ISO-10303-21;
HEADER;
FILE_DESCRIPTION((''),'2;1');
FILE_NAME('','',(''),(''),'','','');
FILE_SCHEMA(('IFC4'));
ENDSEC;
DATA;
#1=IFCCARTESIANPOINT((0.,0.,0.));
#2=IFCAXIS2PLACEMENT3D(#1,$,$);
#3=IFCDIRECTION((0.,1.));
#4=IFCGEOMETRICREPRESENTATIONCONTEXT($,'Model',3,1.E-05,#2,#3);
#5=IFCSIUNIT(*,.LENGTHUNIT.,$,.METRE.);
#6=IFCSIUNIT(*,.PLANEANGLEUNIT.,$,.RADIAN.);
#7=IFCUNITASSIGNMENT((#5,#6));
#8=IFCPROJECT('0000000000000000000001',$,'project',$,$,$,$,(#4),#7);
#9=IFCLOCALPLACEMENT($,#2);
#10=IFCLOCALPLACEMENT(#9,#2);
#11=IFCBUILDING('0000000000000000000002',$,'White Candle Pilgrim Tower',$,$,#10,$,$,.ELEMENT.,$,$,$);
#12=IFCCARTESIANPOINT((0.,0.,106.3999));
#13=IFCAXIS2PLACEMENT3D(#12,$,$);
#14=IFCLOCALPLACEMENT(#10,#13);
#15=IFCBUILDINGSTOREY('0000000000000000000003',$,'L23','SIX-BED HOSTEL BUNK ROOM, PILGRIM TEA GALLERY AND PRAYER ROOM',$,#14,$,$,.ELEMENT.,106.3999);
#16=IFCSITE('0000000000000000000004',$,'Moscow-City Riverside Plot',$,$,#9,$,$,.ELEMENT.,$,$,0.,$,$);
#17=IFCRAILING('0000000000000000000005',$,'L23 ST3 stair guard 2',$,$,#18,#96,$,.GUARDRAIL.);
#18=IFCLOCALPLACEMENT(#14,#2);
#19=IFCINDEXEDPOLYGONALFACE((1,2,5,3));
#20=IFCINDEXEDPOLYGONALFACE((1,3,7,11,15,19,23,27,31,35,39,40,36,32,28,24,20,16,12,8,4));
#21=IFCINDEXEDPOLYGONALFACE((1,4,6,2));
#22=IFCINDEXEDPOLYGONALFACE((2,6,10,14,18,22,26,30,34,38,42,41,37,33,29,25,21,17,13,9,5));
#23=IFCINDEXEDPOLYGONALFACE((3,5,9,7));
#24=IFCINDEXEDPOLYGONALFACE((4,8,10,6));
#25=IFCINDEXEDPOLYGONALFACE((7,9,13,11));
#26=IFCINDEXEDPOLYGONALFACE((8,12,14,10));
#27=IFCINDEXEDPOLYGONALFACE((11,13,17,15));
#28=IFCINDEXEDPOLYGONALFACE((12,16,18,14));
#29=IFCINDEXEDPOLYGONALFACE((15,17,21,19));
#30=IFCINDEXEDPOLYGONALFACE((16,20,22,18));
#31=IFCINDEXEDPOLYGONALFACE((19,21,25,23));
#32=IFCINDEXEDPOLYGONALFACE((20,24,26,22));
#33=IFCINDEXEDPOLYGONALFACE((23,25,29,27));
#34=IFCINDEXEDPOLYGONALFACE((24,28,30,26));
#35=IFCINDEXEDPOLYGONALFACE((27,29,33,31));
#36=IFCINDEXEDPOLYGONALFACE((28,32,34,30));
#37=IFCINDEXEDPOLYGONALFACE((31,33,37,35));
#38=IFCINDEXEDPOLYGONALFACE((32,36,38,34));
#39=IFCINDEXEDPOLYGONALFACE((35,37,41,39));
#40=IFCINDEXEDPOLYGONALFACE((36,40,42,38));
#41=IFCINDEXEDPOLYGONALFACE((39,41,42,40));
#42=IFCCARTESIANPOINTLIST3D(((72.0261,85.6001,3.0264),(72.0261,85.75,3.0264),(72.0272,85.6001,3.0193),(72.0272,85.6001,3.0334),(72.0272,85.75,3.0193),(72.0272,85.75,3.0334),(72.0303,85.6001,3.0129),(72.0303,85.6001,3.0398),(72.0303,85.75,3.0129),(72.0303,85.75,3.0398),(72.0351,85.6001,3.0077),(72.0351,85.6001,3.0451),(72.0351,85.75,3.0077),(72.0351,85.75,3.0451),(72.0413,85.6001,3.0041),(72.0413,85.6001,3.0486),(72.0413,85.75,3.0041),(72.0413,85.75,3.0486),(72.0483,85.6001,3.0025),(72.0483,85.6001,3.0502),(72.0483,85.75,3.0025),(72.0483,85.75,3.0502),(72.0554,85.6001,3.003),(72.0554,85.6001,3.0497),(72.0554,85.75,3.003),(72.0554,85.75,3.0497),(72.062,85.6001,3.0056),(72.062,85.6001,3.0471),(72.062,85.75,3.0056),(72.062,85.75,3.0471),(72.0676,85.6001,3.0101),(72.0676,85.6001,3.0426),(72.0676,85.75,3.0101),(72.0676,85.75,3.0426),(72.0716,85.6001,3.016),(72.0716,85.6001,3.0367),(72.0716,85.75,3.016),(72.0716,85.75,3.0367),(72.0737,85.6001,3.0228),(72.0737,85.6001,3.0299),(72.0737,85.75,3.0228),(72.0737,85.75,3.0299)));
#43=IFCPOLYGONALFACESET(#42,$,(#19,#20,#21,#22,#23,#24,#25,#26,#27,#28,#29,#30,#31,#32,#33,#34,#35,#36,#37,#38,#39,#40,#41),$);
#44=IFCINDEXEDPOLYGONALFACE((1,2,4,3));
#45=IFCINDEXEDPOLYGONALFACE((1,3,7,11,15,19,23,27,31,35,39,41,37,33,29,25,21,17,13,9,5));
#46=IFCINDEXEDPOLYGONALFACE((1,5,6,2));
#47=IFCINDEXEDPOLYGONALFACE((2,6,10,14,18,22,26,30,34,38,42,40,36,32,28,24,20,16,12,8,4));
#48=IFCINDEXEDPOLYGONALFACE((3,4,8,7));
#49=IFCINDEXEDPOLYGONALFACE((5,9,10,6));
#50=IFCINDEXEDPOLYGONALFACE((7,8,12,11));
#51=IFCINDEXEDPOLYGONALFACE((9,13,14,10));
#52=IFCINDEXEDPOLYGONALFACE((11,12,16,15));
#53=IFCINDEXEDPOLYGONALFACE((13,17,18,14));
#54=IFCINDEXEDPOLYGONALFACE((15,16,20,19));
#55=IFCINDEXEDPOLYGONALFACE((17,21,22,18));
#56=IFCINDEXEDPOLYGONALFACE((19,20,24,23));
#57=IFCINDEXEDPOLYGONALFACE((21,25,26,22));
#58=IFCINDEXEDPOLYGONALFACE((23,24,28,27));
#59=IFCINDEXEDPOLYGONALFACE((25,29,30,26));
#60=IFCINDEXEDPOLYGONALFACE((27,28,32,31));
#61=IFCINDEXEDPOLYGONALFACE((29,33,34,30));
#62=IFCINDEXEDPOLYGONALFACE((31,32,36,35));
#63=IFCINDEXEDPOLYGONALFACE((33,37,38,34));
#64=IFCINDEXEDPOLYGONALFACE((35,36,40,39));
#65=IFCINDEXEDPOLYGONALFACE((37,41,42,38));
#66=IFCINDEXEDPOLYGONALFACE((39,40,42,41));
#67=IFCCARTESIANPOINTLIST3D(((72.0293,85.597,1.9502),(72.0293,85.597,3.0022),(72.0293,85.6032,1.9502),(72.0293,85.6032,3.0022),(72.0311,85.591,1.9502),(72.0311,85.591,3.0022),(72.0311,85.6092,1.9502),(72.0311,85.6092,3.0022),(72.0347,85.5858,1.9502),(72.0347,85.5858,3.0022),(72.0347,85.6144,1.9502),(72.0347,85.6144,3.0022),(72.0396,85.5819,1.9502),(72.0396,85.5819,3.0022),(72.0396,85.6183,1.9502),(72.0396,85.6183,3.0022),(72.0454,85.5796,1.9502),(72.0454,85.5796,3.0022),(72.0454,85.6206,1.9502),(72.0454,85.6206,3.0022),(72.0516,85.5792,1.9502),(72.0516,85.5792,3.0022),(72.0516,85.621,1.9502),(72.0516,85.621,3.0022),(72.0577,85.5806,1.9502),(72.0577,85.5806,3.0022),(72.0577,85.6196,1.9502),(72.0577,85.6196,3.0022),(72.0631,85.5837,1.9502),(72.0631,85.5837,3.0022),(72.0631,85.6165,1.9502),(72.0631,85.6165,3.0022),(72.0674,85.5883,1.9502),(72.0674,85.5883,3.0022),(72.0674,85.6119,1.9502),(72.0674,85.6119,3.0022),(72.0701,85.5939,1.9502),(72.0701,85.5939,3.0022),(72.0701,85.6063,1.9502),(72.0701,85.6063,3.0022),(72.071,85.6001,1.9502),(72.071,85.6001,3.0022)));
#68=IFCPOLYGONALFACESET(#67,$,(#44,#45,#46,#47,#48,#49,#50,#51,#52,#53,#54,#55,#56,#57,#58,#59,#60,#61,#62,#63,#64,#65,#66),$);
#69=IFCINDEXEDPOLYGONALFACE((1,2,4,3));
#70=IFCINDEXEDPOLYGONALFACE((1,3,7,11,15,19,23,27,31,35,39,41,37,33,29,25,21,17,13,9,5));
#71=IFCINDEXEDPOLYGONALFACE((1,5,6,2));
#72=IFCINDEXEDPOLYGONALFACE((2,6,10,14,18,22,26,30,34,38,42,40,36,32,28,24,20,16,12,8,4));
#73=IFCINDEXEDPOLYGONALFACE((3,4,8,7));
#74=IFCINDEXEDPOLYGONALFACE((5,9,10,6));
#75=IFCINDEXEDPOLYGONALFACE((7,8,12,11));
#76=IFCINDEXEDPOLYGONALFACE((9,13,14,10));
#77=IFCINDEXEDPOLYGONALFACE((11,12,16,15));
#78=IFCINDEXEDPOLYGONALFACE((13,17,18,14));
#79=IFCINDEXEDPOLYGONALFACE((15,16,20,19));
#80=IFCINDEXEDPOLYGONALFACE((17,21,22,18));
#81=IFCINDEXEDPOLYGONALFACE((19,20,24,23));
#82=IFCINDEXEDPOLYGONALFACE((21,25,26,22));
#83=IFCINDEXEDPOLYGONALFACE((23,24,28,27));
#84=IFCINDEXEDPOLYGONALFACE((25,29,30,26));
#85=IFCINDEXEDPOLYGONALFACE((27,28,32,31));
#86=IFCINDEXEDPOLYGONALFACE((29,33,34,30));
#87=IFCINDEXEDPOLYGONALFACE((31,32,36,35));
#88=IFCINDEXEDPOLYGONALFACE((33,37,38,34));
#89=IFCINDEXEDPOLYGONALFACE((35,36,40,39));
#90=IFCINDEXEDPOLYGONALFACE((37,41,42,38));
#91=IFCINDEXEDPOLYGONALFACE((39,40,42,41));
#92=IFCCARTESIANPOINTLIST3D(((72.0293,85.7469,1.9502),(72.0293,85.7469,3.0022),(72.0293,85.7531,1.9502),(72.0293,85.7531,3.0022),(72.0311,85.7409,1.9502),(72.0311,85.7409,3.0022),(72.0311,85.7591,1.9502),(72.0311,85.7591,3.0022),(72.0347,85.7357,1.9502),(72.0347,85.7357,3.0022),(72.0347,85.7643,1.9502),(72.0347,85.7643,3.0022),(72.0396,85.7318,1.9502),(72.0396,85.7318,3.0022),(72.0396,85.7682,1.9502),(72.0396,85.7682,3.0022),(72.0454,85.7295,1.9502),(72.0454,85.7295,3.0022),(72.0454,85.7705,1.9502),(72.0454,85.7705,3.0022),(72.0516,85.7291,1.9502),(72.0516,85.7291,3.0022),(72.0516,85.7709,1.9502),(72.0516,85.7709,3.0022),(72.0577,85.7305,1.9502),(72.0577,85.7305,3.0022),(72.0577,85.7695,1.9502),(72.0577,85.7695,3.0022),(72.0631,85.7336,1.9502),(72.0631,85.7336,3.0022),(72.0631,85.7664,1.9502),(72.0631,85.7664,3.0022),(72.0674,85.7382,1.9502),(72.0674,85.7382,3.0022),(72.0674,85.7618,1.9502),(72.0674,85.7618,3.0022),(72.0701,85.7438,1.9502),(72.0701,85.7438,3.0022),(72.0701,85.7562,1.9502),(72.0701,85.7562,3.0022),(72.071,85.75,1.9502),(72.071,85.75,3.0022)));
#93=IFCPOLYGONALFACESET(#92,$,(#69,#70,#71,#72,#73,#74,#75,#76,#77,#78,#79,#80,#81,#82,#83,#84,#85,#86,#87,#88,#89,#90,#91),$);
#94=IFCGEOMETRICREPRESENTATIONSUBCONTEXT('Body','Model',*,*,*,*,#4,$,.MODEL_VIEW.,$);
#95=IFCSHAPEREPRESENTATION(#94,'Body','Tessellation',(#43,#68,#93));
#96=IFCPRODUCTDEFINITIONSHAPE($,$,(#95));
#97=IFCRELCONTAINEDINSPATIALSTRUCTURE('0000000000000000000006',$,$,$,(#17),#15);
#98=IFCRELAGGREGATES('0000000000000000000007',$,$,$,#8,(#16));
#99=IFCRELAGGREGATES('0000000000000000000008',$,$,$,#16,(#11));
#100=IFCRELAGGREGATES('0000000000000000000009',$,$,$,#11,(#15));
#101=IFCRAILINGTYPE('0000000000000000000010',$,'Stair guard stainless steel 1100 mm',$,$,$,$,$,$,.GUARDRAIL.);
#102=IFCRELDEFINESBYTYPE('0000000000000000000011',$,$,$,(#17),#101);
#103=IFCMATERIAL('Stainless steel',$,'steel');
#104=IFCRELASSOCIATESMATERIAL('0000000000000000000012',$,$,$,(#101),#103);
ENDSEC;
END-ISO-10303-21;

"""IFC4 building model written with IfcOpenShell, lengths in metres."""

from ifc_helpers import new_model, si_unit, direction, frame, origin, origin_2d, place, context, subcontext, project, spatial, circle, extrude, material, type_object, element, save


model = new_model("IFC4")

# Units and contexts
model_context = context("Model", 3, precision=1e-05, world=origin(), true_north=direction((0.0, 1.0)))
body_context = subcontext(model_context, "Body", "Model", "MODEL_VIEW")
ifc_project = project(units=[si_unit("LENGTHUNIT", "METRE"), si_unit("PLANEANGLEUNIT", "RADIAN")], contexts=[model_context])

# Site, building, storey
site_placement = place(None, origin())
site = spatial("IfcSite", under=ifc_project, at=site_placement, Name="Moscow-City Riverside Plot", CompositionType="ELEMENT", RefElevation=0.0)
building_placement = place(site_placement, origin())
building = spatial("IfcBuilding", under=site, at=building_placement, Name="White Candle Pilgrim Tower", CompositionType="ELEMENT")
storey_placement = place(building_placement, frame((0.0, 0.0, 106.3999)))
storey = spatial("IfcBuildingStorey", under=building, at=storey_placement, Name="L23", Description="SIX-BED HOSTEL BUNK ROOM, PILGRIM TEA GALLERY AND PRAYER ROOM", CompositionType="ELEMENT", Elevation=106.3999)

# Railing
ifc_material_1 = material(Name="Stainless steel", Category="steel")
railing_type_1 = type_object("IfcRailingType", Name="Stair guard stainless steel 1100 mm", PredefinedType="GUARDRAIL", material=ifc_material_1)
railing_1_placement = place(storey_placement, frame((72.05, 85.6001, 1.9502)))
element("IfcRailing", 1, at=railing_1_placement, inside=storey, type_object=railing_type_1, Name="L23 ST3 stair guard 2", PredefinedType="GUARDRAIL", context=body_context, shape_type="SweptSolid", body=[
    extrude(circle(Radius=0.0239, at=origin_2d()), frame((0.0, 0.0, 1.0762), z_axis=(0.0, 1.0, 0.0), x_axis=(-1.0, 0.0, 0.0)), (0.0, 0.0, 1.0), 0.1499),
    extrude(circle(Radius=0.021, at=origin_2d()), origin(), (0.0, 0.0, 1.0), 1.052),
    extrude(circle(Radius=0.021, at=origin_2d()), frame((0.0, 0.1499, 0.0)), (0.0, 0.0, 1.0), 1.052),
])

save(model, "model.ifc")
